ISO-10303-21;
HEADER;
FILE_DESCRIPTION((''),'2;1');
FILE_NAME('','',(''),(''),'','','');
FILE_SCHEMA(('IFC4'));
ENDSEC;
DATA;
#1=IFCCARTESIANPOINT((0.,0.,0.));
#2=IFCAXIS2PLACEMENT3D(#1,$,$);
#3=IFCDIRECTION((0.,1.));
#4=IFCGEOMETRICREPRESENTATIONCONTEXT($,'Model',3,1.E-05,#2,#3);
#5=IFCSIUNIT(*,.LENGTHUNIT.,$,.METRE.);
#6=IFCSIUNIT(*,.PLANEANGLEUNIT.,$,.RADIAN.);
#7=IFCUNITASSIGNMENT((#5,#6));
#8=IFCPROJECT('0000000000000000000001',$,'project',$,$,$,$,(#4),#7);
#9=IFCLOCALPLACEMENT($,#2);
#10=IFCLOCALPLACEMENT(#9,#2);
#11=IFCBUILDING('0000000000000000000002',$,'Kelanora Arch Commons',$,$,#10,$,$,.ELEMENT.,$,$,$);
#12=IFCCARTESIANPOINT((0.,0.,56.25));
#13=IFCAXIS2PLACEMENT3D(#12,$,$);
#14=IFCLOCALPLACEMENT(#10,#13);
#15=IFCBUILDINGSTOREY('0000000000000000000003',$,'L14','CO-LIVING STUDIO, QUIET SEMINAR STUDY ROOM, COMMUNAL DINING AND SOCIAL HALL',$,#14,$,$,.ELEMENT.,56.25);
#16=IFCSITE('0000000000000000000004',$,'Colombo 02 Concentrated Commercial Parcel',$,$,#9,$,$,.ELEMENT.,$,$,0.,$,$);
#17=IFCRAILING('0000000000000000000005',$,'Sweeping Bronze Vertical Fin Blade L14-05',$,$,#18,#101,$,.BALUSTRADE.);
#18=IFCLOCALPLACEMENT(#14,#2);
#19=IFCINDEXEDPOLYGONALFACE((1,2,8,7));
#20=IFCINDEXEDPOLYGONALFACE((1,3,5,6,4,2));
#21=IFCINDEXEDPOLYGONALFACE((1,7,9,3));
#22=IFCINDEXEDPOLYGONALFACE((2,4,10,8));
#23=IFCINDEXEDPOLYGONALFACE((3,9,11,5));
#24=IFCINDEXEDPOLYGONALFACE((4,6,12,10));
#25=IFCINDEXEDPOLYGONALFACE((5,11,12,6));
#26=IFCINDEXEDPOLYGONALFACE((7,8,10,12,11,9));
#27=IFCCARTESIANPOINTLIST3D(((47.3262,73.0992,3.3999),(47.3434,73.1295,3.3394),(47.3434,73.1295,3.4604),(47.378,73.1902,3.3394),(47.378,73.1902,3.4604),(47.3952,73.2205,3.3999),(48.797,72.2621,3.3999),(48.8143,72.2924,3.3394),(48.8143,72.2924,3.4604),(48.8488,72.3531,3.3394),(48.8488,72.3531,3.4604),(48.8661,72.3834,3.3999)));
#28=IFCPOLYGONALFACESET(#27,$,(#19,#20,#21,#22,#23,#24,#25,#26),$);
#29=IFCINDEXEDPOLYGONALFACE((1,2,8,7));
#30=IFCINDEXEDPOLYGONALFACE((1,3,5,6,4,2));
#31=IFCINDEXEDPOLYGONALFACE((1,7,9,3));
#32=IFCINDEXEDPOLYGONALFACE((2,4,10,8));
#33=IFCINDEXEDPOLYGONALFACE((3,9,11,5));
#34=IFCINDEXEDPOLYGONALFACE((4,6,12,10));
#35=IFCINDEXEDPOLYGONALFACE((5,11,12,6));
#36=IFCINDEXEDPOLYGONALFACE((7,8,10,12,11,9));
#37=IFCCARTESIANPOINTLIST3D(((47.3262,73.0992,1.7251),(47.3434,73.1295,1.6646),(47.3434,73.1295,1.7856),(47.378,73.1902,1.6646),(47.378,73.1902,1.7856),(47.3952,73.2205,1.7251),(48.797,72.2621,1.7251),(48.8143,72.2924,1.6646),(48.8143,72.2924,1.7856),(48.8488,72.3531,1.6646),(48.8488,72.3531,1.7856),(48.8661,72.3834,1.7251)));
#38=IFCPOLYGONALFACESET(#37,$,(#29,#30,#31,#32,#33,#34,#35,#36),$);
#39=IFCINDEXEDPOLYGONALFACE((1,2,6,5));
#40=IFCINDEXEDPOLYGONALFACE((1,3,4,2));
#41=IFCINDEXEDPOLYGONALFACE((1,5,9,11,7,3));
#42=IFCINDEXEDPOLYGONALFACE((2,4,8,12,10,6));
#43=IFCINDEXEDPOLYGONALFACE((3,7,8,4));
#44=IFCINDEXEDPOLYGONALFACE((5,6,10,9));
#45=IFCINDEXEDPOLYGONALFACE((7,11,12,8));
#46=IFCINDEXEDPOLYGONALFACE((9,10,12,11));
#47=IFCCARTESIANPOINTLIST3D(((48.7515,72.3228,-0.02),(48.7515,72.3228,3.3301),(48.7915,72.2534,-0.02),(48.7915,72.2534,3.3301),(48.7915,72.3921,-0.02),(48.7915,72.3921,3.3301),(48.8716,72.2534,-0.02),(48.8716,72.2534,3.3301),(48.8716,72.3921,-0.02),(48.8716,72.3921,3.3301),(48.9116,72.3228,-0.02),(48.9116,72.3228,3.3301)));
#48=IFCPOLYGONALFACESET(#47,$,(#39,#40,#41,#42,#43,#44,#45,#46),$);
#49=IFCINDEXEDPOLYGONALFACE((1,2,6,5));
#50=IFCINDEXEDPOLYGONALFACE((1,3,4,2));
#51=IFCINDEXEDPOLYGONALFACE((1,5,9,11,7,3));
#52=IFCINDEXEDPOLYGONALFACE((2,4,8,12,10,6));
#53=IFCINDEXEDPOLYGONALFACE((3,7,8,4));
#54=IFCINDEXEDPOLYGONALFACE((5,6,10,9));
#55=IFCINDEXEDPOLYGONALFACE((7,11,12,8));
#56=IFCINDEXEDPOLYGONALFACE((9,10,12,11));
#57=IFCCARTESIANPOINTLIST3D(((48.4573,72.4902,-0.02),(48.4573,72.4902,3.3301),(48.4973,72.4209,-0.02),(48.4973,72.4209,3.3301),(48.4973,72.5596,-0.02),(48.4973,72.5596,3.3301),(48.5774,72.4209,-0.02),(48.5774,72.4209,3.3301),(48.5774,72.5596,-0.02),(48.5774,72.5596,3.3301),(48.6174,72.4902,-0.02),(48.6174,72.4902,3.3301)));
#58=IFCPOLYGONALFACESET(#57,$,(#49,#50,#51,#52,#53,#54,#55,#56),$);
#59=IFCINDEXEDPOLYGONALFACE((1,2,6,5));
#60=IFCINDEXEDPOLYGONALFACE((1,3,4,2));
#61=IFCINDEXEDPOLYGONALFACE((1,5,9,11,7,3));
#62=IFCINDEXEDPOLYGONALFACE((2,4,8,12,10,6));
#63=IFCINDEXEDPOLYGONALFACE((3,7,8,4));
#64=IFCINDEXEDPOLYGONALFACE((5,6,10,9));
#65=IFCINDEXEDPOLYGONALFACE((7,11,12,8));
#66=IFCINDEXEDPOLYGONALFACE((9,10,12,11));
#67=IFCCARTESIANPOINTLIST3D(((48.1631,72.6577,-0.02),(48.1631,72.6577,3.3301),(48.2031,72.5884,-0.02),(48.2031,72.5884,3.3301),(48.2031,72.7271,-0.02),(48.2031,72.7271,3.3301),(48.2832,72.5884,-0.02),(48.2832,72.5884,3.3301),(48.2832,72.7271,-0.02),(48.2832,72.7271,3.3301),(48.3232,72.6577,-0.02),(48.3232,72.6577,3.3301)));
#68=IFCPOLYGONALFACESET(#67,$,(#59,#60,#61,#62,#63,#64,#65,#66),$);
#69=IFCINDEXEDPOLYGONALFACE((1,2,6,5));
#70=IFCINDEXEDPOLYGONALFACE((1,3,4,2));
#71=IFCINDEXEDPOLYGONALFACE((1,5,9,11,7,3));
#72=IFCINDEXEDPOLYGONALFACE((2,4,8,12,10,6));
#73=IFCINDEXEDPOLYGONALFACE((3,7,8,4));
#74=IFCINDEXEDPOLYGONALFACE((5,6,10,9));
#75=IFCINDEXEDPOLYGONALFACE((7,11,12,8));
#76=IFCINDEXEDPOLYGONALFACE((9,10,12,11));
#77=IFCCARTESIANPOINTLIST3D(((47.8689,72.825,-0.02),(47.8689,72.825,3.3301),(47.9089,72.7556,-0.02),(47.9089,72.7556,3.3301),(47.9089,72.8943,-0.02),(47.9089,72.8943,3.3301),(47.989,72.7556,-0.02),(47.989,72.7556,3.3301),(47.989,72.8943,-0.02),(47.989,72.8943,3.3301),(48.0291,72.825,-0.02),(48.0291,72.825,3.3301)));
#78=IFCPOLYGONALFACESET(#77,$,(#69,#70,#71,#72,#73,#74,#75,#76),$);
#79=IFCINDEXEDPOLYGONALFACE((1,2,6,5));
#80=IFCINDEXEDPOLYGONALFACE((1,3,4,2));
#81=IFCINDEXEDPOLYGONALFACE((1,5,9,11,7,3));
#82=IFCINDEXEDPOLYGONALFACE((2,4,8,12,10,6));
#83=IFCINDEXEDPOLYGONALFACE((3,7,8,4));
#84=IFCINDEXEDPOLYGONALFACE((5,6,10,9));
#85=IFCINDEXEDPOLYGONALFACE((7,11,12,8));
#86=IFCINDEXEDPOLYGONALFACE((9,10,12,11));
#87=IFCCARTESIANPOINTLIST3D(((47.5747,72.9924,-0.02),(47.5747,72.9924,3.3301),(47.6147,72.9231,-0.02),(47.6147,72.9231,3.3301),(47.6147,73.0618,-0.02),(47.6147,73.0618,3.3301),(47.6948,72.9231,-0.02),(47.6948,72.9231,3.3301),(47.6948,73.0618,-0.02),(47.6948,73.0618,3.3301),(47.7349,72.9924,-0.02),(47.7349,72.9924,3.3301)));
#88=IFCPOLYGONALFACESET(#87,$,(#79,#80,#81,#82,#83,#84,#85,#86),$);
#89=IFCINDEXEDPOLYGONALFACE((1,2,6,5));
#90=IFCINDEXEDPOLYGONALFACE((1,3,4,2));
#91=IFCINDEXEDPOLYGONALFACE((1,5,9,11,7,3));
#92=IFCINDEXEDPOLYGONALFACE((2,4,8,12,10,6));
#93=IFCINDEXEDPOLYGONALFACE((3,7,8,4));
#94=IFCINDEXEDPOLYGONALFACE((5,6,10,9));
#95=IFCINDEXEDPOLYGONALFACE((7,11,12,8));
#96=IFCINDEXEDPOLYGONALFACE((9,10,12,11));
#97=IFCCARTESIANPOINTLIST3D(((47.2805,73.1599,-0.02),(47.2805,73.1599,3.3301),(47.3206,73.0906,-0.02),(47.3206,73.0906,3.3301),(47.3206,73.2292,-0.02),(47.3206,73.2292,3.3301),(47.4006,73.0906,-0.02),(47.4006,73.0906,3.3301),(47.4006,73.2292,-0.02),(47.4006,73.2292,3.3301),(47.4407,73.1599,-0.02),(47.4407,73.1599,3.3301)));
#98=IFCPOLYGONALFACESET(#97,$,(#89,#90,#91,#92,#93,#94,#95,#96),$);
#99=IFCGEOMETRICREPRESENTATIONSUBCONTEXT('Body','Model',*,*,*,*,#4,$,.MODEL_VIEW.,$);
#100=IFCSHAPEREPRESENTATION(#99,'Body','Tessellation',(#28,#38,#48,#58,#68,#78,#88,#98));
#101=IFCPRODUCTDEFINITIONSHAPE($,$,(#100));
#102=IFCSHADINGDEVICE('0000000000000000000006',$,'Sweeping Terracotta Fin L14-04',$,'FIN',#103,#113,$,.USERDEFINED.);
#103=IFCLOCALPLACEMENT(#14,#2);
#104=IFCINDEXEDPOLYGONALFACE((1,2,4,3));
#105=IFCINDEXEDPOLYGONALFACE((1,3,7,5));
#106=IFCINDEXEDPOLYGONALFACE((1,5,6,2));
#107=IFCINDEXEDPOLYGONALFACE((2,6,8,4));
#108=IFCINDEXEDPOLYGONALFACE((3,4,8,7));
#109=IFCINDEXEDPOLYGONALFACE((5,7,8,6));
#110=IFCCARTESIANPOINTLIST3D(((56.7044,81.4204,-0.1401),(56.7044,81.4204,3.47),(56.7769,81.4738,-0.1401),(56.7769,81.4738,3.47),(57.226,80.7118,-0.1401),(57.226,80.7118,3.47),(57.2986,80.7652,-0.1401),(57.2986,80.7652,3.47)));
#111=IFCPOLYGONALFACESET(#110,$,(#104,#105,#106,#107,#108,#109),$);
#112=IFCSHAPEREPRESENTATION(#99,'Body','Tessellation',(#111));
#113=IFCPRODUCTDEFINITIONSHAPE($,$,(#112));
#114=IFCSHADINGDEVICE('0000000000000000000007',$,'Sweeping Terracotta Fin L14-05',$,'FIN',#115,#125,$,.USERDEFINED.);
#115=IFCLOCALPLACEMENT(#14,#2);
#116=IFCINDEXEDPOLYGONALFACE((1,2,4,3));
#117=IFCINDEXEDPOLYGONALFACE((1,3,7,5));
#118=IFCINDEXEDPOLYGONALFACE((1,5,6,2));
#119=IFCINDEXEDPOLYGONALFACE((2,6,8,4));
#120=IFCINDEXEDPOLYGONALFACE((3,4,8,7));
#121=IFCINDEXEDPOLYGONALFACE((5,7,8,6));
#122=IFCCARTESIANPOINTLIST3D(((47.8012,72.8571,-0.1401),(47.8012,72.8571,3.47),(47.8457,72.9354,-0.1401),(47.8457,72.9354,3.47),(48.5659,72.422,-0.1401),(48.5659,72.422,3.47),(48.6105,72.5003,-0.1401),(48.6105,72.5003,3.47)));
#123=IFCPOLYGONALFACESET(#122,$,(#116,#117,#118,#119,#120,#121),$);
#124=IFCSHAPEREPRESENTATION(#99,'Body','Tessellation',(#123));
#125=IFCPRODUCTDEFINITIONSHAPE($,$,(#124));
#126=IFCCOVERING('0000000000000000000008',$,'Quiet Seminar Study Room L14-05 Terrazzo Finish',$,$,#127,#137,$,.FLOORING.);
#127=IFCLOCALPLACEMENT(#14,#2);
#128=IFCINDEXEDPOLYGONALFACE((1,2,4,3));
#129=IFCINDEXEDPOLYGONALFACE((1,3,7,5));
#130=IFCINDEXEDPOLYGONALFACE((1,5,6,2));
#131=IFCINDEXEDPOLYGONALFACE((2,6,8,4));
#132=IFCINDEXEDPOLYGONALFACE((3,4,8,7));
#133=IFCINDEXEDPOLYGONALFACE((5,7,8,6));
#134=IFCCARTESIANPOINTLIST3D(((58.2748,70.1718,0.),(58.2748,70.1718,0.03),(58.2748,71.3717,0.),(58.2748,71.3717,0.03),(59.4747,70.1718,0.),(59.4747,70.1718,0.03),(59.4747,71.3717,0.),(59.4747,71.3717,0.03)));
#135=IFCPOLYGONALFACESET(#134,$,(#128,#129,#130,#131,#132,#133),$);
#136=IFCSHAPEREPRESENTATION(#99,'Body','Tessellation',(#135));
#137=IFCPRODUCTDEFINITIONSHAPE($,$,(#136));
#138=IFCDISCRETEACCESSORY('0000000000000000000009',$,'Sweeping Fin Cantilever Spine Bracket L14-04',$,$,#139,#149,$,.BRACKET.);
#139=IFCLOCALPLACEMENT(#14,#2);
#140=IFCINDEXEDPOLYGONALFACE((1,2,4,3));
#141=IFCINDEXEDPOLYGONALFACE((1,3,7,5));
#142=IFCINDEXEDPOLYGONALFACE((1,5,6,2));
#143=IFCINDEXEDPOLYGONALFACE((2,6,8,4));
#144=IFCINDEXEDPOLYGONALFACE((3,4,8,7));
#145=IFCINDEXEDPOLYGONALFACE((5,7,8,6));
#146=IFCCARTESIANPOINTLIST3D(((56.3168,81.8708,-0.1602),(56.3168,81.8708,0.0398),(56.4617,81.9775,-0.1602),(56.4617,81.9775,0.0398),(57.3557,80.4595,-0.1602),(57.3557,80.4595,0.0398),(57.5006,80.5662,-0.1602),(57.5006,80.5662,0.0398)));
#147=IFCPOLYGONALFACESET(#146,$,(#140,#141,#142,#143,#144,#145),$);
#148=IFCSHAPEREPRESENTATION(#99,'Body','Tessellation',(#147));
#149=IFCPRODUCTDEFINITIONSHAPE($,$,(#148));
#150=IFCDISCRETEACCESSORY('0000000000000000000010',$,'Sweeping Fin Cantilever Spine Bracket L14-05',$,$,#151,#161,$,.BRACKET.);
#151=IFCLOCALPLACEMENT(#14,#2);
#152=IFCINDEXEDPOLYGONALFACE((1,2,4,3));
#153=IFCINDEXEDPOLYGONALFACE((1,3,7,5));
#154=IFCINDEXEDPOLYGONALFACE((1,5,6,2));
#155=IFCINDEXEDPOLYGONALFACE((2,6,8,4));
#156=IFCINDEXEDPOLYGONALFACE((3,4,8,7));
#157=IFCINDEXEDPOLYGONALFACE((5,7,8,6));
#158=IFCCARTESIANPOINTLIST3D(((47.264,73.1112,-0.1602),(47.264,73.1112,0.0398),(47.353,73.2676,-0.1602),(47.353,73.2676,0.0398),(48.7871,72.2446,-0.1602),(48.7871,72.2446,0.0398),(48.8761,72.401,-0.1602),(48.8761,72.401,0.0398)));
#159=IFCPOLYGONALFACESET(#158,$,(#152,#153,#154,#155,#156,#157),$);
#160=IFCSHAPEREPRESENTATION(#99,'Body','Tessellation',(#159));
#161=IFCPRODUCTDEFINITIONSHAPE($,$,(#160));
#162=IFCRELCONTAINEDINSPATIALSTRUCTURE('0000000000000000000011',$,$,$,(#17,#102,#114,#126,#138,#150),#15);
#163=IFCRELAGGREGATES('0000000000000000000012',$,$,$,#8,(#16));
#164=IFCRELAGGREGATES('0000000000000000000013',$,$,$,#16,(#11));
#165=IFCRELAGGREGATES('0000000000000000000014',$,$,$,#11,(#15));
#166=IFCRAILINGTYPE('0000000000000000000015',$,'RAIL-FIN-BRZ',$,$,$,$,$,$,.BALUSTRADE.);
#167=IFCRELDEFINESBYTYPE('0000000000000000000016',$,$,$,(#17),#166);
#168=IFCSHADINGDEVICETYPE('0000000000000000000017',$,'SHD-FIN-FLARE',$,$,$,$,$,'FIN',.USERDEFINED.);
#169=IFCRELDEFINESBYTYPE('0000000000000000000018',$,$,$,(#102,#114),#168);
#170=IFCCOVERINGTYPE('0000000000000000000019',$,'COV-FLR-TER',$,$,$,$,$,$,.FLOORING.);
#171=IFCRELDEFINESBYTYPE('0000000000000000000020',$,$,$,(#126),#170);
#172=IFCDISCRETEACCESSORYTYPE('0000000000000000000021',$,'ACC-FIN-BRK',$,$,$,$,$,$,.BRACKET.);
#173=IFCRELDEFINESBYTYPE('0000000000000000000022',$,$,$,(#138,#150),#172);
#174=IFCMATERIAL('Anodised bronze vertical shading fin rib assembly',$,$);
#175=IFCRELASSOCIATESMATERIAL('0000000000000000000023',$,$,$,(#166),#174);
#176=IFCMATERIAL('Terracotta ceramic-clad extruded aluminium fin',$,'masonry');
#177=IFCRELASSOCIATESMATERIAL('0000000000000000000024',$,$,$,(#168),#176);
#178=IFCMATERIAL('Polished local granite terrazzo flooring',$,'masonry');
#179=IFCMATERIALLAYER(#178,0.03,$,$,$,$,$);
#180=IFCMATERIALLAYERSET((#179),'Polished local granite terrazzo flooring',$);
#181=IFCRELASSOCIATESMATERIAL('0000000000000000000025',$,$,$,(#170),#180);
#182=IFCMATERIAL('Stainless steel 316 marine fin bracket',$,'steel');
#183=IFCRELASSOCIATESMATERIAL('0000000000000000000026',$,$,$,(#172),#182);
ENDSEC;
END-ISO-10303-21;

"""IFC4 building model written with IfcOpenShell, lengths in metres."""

from ifc_helpers import new_model, si_unit, direction, frame, origin, origin_2d, place, context, subcontext, project, spatial, polyline, rectangle, outline, extrude, source, transform, mapped, material, layer, layer_set, type_object, element, save


model = new_model("IFC4")

# Units and contexts
model_context = context("Model", 3, precision=1e-05, world=origin(), true_north=direction((0.0, 1.0)))
body_context = subcontext(model_context, "Body", "Model", "MODEL_VIEW")
ifc_project = project(units=[si_unit("LENGTHUNIT", "METRE"), si_unit("PLANEANGLEUNIT", "RADIAN")], contexts=[model_context])

# Site, building, storey
site_placement = place(None, origin())
site = spatial("IfcSite", under=ifc_project, at=site_placement, Name="Colombo 02 Concentrated Commercial Parcel", CompositionType="ELEMENT", RefElevation=0.0)
building_placement = place(site_placement, origin())
building = spatial("IfcBuilding", under=site, at=building_placement, Name="Kelanora Arch Commons", CompositionType="ELEMENT")
storey_placement = place(building_placement, frame((0.0, 0.0, 56.25)))
storey = spatial("IfcBuildingStorey", under=building, at=storey_placement, Name="L14", Description="CO-LIVING STUDIO, QUIET SEMINAR STUDY ROOM, COMMUNAL DINING AND SOCIAL HALL", CompositionType="ELEMENT", Elevation=56.25)

# Railing
ifc_material_1 = material(Name="Anodised bronze vertical shading fin rib assembly")
railing_type = type_object("IfcRailingType", Name="RAIL-FIN-BRZ", PredefinedType="BALUSTRADE", material=ifc_material_1)
railing_1_placement = place(storey_placement, frame((48.8315, 72.3228, -0.02)))
element("IfcRailing", 1, at=railing_1_placement, inside=storey, type_object=railing_type, Name="Sweeping Bronze Vertical Fin Blade L14-05", PredefinedType="BALUSTRADE", context=body_context, shape_type="SweptSolid", body=[
    extrude(outline(polyline([(0.0698, 0.0), (0.0349, 0.0605), (-0.0349, 0.0605), (-0.0698, 0.0), (-0.0349, -0.0605), (0.0349, -0.0605), (0.0698, 0.0)])), frame((0.0, 0.0, 3.4199), z_axis=(-0.869103, 0.494631, 0.0), x_axis=(-0.494631, -0.869103, 0.0)), (0.0, 0.0, 1.0), 1.6924),
    extrude(outline(polyline([(0.0698, 0.0), (0.0349, 0.0605), (-0.0349, 0.0605), (-0.0698, 0.0), (-0.0349, -0.0605), (0.0349, -0.0605), (0.0698, 0.0)])), frame((0.0, 0.0, 1.7451), z_axis=(-0.869103, 0.494631, 0.0), x_axis=(-0.494631, -0.869103, 0.0)), (0.0, 0.0, 1.0), 1.6924),
    extrude(outline(polyline([(0.0801, 0.0), (0.04, 0.0693), (-0.04, 0.0693), (-0.0801, 0.0), (-0.04, -0.0693), (0.04, -0.0693), (0.0801, 0.0)])), origin(), (0.0, 0.0, 1.0), 3.3501),
    extrude(outline(polyline([(0.0801, 0.0), (0.04, 0.0693), (-0.04, 0.0693), (-0.0801, 0.0), (-0.04, -0.0693), (0.04, -0.0693), (0.0801, 0.0)])), frame((-0.2942, 0.1675, 0.0)), (0.0, 0.0, 1.0), 3.3501),
    extrude(outline(polyline([(0.0801, 0.0), (0.04, 0.0693), (-0.04, 0.0693), (-0.0801, 0.0), (-0.04, -0.0693), (0.04, -0.0693), (0.0801, 0.0)])), frame((-0.5884, 0.335, 0.0)), (0.0, 0.0, 1.0), 3.3501),
    extrude(outline(polyline([(0.0801, 0.0), (0.04, 0.0693), (-0.04, 0.0693), (-0.0801, 0.0), (-0.04, -0.0693), (0.04, -0.0693), (0.0801, 0.0)])), frame((-0.8826, 0.5022, 0.0)), (0.0, 0.0, 1.0), 3.3501),
    extrude(outline(polyline([(0.0801, 0.0), (0.04, 0.0693), (-0.04, 0.0693), (-0.0801, 0.0), (-0.04, -0.0693), (0.04, -0.0693), (0.0801, 0.0)])), frame((-1.1768, 0.6697, 0.0)), (0.0, 0.0, 1.0), 3.3501),
    extrude(outline(polyline([(0.0801, 0.0), (0.04, 0.0693), (-0.04, 0.0693), (-0.0801, 0.0), (-0.04, -0.0693), (0.04, -0.0693), (0.0801, 0.0)])), frame((-1.4709, 0.8372, 0.0)), (0.0, 0.0, 1.0), 3.3501),
])

# Shading devices
ifc_material_2 = material(Name="Terracotta ceramic-clad extruded aluminium fin", Category="masonry")
shading_device_type = type_object("IfcShadingDeviceType", Name="SHD-FIN-FLARE", ElementType="FIN", PredefinedType="USERDEFINED", material=ifc_material_2)
shared_shape_1 = source(origin(), body_context, "Body", "SweptSolid", [
    extrude(rectangle(XDim=0.8799, YDim=0.0901, at=origin_2d()), origin(), (0.0, 0.0, 1.0), 3.6101),
])
for number, where, z_axis, x_axis, name in (
    (2, (57.0015, 81.0928, -0.1401), (0.0, 0.0, 1.0), (-0.592857, 0.805308, 0.0), "Sweeping Terracotta Fin L14-04"),
    (3, (48.2058, 72.6787, -0.1401), (0.0, 0.0, 1.0), (-0.86915, 0.494549, 0.0), "Sweeping Terracotta Fin L14-05"),
):
    element("IfcShadingDevice", number, at=place(storey_placement, frame(where, z_axis=z_axis, x_axis=x_axis)), inside=storey, type_object=shading_device_type, Name=name, ObjectType="FIN", PredefinedType="USERDEFINED", context=body_context, shape_type="MappedRepresentation", body=[
        mapped(shared_shape_1, transform((0.0, 0.0, 0.0), scale=1.0)),
    ])

# Covering
ifc_material_3 = material(Name="Polished local granite terrazzo flooring", Category="masonry")
ifc_layer_1 = layer(ifc_material_3, 0.03)
ifc_layer_set_1 = layer_set([ifc_layer_1], Name="Polished local granite terrazzo flooring")
covering_type = type_object("IfcCoveringType", Name="COV-FLR-TER", PredefinedType="FLOORING", material=ifc_layer_set_1)
shared_shape_2 = source(origin(), body_context, "Body", "SweptSolid", [
    extrude(rectangle(XDim=1.2, YDim=1.2, at=origin_2d()), origin(), (0.0, 0.0, 1.0), 0.03),
])
covering_placement = place(storey_placement, frame((58.8748, 70.7717, 0.0), z_axis=(0.0, 0.0, 1.0), x_axis=(1.0, 0.0, 0.0)))
element("IfcCovering", 4, at=covering_placement, inside=storey, type_object=covering_type, Name="Quiet Seminar Study Room L14-05 Terrazzo Finish", PredefinedType="FLOORING", context=body_context, shape_type="MappedRepresentation", body=[
    mapped(shared_shape_2, transform((0.0, 0.0, 0.0), scale=1.0)),
])

# Discrete accessories
ifc_material_4 = material(Name="Stainless steel 316 marine fin bracket", Category="steel")
discrete_accessory_type = type_object("IfcDiscreteAccessoryType", Name="ACC-FIN-BRK", PredefinedType="BRACKET", material=ifc_material_4)
shared_shape_3 = source(origin(), body_context, "Body", "SweptSolid", [
    extrude(rectangle(XDim=1.7524, YDim=0.1799, at=origin_2d()), origin(), (0.0, 0.0, 1.0), 0.2),
])
for number, where, z_axis, x_axis, name in (
    (5, (56.9087, 81.2185, -0.1602), (0.0, 0.0, 1.0), (-0.592857, 0.805308, 0.0), "Sweeping Fin Cantilever Spine Bracket L14-04"),
    (6, (48.0701, 72.7561, -0.1602), (0.0, 0.0, 1.0), (-0.86915, 0.494549, 0.0), "Sweeping Fin Cantilever Spine Bracket L14-05"),
):
    element("IfcDiscreteAccessory", number, at=place(storey_placement, frame(where, z_axis=z_axis, x_axis=x_axis)), inside=storey, type_object=discrete_accessory_type, Name=name, PredefinedType="BRACKET", context=body_context, shape_type="MappedRepresentation", body=[
        mapped(shared_shape_3, transform((0.0, 0.0, 0.0), scale=1.0)),
    ])

save(model, "model.ifc")
